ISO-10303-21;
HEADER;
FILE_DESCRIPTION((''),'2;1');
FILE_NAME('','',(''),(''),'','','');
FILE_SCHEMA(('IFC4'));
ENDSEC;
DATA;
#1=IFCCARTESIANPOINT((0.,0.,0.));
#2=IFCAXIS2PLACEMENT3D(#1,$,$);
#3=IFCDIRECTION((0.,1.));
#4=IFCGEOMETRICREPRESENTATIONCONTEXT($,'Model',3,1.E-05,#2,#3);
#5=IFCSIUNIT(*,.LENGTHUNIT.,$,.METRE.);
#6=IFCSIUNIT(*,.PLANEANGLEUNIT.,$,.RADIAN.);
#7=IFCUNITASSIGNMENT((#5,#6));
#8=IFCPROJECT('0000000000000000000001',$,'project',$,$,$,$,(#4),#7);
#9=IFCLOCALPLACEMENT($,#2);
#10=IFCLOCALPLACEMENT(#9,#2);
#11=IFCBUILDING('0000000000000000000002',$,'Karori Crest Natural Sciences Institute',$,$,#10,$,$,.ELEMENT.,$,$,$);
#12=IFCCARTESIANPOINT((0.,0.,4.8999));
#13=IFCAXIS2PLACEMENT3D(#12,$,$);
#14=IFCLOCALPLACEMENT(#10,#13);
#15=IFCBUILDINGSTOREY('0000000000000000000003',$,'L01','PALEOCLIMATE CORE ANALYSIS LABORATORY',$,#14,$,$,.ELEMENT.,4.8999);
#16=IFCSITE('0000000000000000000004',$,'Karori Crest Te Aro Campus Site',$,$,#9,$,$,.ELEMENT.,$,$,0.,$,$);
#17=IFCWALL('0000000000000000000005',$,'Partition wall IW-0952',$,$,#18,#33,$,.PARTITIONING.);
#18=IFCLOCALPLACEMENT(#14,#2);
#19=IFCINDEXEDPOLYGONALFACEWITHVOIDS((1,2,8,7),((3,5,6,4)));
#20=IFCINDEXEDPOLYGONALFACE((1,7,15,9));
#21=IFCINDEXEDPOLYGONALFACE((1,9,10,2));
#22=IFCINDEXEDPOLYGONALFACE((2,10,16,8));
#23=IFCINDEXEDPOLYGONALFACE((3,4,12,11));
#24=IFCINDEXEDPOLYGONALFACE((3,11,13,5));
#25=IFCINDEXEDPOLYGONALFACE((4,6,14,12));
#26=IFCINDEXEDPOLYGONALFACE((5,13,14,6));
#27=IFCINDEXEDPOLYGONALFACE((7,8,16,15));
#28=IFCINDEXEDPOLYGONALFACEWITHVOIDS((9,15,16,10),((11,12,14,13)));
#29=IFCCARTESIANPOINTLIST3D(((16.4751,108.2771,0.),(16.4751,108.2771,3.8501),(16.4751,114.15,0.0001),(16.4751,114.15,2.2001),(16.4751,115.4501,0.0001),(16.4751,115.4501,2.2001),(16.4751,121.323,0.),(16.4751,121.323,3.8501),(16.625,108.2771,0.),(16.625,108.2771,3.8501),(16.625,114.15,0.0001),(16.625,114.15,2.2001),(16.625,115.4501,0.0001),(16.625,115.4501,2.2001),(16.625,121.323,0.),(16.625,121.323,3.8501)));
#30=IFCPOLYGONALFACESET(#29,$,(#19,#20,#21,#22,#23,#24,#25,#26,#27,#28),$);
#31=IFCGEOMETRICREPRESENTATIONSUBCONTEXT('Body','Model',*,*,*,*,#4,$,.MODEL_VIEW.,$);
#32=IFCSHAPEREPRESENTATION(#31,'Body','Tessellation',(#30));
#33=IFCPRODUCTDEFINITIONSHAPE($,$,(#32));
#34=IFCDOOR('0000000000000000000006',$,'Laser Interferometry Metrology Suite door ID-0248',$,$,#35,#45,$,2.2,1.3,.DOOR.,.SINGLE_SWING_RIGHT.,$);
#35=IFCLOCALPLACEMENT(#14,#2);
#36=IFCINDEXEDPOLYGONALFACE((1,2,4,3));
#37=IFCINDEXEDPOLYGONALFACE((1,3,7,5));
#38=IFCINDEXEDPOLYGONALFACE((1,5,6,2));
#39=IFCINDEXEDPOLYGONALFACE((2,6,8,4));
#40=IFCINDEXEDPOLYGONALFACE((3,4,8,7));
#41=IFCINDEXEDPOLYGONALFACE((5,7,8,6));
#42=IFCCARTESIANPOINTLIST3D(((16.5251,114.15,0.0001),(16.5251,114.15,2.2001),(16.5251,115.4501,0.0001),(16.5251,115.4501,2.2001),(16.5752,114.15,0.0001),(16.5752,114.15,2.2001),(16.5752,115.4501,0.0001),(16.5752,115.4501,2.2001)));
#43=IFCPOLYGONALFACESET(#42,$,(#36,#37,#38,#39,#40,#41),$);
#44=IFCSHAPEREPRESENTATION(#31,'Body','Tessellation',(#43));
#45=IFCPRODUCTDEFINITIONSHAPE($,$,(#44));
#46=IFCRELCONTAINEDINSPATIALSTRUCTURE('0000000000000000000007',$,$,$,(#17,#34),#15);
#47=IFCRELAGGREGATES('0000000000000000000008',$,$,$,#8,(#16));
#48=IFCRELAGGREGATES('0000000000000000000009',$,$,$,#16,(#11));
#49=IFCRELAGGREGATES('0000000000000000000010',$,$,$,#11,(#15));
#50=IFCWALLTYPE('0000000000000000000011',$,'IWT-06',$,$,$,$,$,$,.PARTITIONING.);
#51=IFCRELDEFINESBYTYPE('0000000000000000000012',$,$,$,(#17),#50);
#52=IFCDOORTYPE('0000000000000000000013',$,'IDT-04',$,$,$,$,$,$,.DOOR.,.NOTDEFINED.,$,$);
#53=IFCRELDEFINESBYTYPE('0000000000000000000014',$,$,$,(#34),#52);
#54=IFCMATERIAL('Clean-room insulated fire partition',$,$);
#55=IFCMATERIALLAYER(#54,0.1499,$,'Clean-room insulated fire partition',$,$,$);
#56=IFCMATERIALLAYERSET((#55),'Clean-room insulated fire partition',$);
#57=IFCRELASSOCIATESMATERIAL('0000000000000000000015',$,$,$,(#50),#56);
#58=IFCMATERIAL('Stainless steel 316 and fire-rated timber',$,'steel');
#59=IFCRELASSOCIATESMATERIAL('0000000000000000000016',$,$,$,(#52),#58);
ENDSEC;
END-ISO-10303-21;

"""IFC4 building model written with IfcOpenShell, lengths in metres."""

from ifc_helpers import new_model, si_unit, direction, frame, frame_2d, origin, place, context, subcontext, project, spatial, rectangle, extrude, material, layer, layer_set, type_object, element, fill, save


model = new_model("IFC4")

# Units and contexts
model_context = context("Model", 3, precision=1e-05, world=origin(), true_north=direction((0.0, 1.0)))
body_context = subcontext(model_context, "Body", "Model", "MODEL_VIEW")
ifc_project = project(units=[si_unit("LENGTHUNIT", "METRE"), si_unit("PLANEANGLEUNIT", "RADIAN")], contexts=[model_context])

# Site, building, storey
site_placement = place(None, origin())
site = spatial("IfcSite", under=ifc_project, at=site_placement, Name="Karori Crest Te Aro Campus Site", CompositionType="ELEMENT", RefElevation=0.0)
building_placement = place(site_placement, origin())
building = spatial("IfcBuilding", under=site, at=building_placement, Name="Karori Crest Natural Sciences Institute", CompositionType="ELEMENT")
storey_placement = place(building_placement, frame((0.0, 0.0, 4.8999)))
storey = spatial("IfcBuildingStorey", under=building, at=storey_placement, Name="L01", Description="PALEOCLIMATE CORE ANALYSIS LABORATORY", CompositionType="ELEMENT", Elevation=4.8999)

# Shared definitions
ifc_material_1 = material(Name="Stainless steel 316 and fire-rated timber", Category="steel")

# Shared definitions
ifc_material_2 = material(Name="Clean-room insulated fire partition")
ifc_layer_1 = layer(ifc_material_2, 0.1499, Name="Clean-room insulated fire partition")
ifc_layer_set_1 = layer_set([ifc_layer_1], Name="Clean-room insulated fire partition")
wall_type_1 = type_object("IfcWallType", Name="IWT-06", PredefinedType="PARTITIONING", material=ifc_layer_set_1)

# Wall, opening, door
wall_1_placement = place(storey_placement, frame((16.55, 108.2771, 0.0), z_axis=(0.0, 0.0, 1.0), x_axis=(0.0, 1.0, 0.0)))
wall_1 = element("IfcWall", 1, at=wall_1_placement, inside=storey, type_object=wall_type_1, Name="Partition wall IW-0952", PredefinedType="PARTITIONING", context=body_context, shape_type="SweptSolid", body=[
    extrude(rectangle(XDim=13.0459, YDim=0.1499, at=frame_2d((6.5229, 0.0))), origin(), (0.0, 0.0, 1.0), 3.8501),
])
opening_1_placement = place(wall_1_placement, frame((5.873, 0.0, 0.0)))
opening_1 = element("IfcOpeningElement", 2, at=opening_1_placement, cuts=wall_1, PredefinedType="OPENING", context=body_context, shape_type="SweptSolid", body=[
    extrude(rectangle(XDim=1.3, YDim=2.2, at=frame_2d((0.6499, 1.1001))), frame((0.0, 0.085, 0.0), z_axis=(0.0, -1.0, 0.0), x_axis=(1.0, 0.0, 0.0)), (0.0, 0.0, 1.0), 0.1699),
])
door_type_1 = type_object("IfcDoorType", Name="IDT-04", OperationType="NOTDEFINED", PredefinedType="DOOR", material=ifc_material_1)
door_1_placement = place(opening_1_placement, origin())
door_1 = element("IfcDoor", 3, at=door_1_placement, inside=storey, type_object=door_type_1, Name="Laser Interferometry Metrology Suite door ID-0248", OperationType="SINGLE_SWING_RIGHT", OverallHeight=2.2, OverallWidth=1.3, PredefinedType="DOOR", context=body_context, shape_type="SweptSolid", body=[
    extrude(rectangle(XDim=1.3, YDim=2.2, at=frame_2d((0.6499, 1.1001))), frame((0.0, 0.0249, 0.0), z_axis=(0.0, -1.0, 0.0), x_axis=(1.0, 0.0, 0.0)), (0.0, 0.0, 1.0), 0.05),
])
fill(opening_1, door_1)

save(model, "model.ifc")
